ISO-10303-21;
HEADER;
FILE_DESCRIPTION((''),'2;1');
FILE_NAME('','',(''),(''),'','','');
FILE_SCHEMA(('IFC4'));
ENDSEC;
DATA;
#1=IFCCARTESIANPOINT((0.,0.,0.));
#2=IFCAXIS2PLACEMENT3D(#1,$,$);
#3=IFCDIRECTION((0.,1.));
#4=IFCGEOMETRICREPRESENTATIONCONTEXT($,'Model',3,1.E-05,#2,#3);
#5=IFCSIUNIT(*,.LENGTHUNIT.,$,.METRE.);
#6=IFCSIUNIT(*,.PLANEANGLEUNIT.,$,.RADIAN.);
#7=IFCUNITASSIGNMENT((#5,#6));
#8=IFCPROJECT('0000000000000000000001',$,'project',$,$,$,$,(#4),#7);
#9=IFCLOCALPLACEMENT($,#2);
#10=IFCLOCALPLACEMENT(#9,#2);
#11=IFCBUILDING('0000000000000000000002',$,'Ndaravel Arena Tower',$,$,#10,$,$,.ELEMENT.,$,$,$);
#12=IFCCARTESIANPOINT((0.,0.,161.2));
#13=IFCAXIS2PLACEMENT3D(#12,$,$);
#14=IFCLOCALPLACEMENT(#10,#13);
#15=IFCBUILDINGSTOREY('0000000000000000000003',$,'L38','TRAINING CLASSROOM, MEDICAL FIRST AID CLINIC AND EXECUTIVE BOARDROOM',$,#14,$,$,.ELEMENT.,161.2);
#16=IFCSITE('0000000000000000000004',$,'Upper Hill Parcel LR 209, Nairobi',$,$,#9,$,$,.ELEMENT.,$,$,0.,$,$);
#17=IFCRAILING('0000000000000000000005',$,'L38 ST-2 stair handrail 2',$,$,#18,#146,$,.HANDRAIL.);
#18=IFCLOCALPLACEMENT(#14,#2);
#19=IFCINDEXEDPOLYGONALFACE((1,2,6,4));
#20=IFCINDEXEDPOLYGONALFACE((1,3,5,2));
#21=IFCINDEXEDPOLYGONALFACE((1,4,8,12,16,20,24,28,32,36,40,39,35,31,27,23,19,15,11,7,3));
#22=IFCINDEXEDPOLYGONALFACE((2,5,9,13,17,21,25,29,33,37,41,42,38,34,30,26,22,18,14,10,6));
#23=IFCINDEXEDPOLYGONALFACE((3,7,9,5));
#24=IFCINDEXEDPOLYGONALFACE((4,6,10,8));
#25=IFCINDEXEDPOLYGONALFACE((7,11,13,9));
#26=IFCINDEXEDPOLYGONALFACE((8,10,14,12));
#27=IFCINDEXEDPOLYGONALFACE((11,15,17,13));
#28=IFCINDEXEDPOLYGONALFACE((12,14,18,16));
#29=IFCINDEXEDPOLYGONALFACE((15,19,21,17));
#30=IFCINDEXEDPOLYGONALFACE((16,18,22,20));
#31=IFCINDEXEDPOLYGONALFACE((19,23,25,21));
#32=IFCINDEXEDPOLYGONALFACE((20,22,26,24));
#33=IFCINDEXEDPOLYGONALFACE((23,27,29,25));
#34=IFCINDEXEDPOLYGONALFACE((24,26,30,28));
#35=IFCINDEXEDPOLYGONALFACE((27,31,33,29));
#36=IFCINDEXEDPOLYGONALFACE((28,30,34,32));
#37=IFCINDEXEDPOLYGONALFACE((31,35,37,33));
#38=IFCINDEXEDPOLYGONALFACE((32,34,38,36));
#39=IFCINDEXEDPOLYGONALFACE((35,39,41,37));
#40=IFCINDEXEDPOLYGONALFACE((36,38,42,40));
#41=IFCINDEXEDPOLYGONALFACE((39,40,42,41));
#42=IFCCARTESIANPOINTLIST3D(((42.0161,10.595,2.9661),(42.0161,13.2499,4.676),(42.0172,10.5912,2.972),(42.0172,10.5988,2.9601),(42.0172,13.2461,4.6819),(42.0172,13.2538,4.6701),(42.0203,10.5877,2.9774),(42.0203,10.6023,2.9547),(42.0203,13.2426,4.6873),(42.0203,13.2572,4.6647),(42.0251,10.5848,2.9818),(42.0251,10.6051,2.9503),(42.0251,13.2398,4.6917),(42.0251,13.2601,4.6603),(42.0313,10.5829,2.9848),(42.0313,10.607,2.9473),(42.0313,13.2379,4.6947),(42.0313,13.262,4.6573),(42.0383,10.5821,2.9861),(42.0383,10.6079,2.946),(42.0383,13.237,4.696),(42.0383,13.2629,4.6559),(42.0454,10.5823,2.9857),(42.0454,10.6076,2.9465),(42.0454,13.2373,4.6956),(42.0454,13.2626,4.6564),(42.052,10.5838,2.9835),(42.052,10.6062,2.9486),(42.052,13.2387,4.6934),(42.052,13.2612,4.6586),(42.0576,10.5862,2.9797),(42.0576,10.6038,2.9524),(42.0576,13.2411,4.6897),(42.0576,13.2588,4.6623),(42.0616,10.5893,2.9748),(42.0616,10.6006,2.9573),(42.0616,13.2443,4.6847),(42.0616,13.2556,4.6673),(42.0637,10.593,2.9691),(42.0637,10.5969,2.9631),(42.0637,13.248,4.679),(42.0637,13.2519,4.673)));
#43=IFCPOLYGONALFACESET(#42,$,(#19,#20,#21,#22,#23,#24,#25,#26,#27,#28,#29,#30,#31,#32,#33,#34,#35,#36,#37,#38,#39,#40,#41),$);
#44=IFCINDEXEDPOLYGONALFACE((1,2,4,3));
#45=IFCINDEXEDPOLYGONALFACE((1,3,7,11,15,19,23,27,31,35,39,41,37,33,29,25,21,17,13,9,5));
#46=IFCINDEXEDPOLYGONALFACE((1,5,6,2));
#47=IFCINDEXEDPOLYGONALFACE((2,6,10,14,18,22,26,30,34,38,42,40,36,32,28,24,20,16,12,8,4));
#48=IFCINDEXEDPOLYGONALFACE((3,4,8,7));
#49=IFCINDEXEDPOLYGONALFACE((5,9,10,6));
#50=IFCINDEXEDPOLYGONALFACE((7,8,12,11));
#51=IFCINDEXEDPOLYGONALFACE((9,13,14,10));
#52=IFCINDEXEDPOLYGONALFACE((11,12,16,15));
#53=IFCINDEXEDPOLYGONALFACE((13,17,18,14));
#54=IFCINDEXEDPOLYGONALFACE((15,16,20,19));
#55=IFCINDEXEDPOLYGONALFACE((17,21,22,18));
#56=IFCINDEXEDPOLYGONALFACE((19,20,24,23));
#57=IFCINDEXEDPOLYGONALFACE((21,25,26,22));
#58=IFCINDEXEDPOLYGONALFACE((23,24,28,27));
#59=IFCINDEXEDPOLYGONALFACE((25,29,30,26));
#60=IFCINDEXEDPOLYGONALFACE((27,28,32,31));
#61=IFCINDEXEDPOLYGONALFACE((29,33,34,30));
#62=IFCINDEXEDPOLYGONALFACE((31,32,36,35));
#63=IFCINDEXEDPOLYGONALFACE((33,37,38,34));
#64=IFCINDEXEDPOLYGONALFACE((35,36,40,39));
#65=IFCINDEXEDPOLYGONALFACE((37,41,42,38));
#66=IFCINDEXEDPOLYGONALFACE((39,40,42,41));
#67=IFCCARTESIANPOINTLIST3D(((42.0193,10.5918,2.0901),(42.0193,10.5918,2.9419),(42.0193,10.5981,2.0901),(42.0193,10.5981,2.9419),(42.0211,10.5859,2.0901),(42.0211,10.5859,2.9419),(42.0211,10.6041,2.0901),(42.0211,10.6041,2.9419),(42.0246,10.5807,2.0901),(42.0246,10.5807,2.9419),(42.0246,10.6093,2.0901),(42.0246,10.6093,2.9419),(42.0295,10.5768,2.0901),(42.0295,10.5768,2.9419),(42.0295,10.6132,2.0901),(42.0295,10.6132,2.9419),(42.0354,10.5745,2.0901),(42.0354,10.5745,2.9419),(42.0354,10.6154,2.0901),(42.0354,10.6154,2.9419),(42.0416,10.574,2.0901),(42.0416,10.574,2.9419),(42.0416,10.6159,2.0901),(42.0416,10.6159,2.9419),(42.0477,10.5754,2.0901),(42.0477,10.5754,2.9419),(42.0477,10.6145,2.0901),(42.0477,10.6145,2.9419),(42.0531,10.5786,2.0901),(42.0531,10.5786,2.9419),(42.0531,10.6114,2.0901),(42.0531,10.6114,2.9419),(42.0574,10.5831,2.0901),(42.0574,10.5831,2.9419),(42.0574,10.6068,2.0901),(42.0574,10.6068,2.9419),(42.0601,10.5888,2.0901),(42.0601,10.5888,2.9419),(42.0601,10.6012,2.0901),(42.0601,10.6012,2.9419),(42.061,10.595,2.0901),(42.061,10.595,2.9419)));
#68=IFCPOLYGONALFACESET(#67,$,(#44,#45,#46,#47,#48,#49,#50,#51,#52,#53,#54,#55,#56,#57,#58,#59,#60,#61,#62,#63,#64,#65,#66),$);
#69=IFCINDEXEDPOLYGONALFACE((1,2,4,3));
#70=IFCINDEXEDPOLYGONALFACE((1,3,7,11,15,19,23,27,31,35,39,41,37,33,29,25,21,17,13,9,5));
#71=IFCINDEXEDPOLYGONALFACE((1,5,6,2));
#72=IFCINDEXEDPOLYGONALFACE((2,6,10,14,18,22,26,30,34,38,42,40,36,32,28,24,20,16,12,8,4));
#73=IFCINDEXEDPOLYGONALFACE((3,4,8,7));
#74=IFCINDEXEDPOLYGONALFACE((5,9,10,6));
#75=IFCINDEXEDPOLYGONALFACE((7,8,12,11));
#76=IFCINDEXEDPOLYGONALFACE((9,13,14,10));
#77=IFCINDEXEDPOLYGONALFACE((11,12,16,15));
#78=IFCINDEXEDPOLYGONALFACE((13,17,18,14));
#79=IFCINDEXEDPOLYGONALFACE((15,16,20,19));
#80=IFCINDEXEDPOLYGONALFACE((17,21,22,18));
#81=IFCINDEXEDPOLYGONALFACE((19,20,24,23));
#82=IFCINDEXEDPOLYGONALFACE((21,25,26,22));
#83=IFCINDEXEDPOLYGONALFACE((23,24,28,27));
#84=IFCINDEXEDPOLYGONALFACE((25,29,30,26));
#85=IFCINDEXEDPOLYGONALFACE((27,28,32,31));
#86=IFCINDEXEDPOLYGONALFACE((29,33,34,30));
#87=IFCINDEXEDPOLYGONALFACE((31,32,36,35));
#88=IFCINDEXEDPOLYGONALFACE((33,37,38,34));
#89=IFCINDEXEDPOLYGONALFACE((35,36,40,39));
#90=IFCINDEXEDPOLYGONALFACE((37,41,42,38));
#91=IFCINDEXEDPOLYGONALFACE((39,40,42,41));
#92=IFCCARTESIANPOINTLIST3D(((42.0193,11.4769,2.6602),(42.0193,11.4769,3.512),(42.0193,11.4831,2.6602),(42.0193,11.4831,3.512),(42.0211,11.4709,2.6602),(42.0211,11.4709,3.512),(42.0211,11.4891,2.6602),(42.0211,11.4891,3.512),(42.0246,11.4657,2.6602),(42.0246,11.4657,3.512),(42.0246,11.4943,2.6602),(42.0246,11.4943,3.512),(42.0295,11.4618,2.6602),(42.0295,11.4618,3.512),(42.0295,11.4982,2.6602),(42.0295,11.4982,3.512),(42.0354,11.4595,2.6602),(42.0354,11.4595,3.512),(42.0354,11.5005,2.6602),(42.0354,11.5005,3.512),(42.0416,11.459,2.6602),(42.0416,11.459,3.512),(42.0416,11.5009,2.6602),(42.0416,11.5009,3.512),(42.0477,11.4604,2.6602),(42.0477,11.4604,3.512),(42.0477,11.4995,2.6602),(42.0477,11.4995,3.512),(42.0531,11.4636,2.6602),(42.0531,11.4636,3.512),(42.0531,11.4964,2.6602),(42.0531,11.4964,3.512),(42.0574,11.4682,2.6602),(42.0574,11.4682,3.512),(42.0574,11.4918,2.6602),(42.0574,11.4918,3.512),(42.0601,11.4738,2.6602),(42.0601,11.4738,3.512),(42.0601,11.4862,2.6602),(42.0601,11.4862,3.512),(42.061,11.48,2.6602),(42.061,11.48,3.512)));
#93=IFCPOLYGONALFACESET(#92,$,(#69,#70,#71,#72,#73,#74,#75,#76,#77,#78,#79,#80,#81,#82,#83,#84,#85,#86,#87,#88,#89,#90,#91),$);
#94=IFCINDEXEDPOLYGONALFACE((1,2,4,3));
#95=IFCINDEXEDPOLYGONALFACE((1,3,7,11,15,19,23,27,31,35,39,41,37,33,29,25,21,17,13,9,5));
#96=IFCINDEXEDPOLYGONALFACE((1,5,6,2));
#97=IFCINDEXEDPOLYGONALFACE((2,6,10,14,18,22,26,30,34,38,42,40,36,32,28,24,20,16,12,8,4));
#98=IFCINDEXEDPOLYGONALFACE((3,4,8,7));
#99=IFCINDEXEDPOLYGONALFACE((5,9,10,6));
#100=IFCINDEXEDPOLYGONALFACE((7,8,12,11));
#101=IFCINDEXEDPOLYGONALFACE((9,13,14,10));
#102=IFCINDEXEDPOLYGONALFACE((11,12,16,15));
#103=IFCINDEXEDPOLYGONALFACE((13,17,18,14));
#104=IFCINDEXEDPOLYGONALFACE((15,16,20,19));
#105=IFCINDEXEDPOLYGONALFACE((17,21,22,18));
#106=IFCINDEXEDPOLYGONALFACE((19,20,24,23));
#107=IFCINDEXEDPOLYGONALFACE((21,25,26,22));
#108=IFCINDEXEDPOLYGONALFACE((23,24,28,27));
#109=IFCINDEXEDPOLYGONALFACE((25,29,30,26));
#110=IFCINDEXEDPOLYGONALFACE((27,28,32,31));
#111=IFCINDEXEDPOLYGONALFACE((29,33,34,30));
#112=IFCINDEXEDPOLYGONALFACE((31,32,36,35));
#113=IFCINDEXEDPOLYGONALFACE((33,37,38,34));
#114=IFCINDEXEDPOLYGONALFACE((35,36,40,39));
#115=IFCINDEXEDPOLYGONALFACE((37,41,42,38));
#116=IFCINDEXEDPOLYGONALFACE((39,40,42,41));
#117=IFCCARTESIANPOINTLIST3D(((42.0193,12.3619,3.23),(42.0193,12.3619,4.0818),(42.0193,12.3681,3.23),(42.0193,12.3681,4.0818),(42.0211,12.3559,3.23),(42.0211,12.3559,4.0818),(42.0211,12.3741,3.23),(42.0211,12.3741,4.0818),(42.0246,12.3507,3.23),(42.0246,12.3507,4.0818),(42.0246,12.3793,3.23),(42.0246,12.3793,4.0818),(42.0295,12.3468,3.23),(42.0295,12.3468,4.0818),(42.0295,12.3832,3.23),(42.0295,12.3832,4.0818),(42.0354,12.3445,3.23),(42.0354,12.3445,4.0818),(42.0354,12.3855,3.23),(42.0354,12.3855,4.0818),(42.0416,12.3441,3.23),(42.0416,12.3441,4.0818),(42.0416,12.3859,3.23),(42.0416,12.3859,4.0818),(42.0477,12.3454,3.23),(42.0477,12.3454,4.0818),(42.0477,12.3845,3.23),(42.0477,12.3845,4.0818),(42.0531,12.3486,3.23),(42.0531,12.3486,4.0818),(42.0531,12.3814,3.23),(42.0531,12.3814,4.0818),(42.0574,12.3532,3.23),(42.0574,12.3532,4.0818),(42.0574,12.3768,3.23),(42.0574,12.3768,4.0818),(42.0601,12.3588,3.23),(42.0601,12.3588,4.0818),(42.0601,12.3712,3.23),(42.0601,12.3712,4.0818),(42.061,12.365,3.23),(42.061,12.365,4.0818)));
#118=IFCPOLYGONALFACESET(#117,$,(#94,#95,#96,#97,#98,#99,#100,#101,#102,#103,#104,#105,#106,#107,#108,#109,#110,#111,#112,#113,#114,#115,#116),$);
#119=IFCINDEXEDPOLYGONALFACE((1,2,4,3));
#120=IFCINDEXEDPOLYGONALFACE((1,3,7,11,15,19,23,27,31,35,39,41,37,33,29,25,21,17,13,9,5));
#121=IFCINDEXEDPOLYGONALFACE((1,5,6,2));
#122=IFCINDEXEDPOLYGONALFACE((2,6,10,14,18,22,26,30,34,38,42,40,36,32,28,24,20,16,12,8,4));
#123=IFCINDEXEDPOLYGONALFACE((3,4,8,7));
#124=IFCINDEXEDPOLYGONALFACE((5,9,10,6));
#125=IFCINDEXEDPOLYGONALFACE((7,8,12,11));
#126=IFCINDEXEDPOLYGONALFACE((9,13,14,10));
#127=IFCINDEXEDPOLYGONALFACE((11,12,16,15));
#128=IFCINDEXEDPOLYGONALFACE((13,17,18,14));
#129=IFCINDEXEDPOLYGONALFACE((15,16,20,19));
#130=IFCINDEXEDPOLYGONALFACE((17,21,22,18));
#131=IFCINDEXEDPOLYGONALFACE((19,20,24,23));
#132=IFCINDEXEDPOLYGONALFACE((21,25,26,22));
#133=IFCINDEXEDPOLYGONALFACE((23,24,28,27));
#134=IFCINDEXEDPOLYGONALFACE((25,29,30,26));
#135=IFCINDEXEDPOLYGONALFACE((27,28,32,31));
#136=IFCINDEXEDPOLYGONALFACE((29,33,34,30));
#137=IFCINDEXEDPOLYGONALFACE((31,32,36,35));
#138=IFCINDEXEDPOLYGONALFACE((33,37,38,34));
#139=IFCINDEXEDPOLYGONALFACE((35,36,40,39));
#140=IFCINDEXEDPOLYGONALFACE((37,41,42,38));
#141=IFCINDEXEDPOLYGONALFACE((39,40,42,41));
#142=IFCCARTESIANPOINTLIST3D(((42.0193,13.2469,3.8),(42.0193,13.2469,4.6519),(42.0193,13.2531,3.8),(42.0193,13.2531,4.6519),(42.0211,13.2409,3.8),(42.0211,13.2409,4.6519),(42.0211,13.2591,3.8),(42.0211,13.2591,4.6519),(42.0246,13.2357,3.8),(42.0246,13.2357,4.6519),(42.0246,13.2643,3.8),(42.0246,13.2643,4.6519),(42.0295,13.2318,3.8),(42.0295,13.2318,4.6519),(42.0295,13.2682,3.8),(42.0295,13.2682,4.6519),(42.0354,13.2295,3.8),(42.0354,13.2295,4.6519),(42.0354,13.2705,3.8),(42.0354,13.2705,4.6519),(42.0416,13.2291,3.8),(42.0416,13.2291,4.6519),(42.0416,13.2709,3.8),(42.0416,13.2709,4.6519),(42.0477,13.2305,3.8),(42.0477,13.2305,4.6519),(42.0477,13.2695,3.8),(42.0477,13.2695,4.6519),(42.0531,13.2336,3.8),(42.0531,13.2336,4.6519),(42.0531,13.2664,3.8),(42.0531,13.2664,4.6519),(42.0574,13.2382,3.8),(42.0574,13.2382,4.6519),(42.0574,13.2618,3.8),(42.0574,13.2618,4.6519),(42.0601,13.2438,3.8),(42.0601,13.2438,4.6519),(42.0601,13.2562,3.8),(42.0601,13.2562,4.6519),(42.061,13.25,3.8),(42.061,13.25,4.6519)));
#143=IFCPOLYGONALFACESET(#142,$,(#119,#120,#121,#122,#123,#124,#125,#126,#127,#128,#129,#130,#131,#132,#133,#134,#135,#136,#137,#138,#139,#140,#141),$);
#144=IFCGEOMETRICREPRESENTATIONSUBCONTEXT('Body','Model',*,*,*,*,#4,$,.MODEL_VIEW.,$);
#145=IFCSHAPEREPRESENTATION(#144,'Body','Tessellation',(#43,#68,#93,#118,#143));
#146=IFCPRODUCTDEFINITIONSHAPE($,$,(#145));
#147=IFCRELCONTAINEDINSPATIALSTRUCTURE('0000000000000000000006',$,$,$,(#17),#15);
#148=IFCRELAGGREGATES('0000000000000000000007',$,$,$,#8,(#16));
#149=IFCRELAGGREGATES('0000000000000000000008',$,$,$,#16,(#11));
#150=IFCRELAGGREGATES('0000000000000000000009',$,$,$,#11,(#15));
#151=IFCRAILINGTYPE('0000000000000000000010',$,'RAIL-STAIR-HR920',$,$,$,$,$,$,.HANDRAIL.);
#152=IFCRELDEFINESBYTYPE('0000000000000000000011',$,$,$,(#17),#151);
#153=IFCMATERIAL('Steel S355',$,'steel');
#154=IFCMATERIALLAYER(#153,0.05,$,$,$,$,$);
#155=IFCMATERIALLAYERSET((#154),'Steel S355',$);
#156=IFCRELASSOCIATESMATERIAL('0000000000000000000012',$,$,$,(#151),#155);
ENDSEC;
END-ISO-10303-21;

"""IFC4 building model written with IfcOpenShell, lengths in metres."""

from ifc_helpers import new_model, si_unit, direction, frame, origin, origin_2d, place, context, subcontext, project, spatial, circle, extrude, material, layer, layer_set, type_object, element, save


model = new_model("IFC4")

# Units and contexts
model_context = context("Model", 3, precision=1e-05, world=origin(), true_north=direction((0.0, 1.0)))
body_context = subcontext(model_context, "Body", "Model", "MODEL_VIEW")
ifc_project = project(units=[si_unit("LENGTHUNIT", "METRE"), si_unit("PLANEANGLEUNIT", "RADIAN")], contexts=[model_context])

# Site, building, storey
site_placement = place(None, origin())
site = spatial("IfcSite", under=ifc_project, at=site_placement, Name="Upper Hill Parcel LR 209, Nairobi", CompositionType="ELEMENT", RefElevation=0.0)
building_placement = place(site_placement, origin())
building = spatial("IfcBuilding", under=site, at=building_placement, Name="Ndaravel Arena Tower", CompositionType="ELEMENT")
storey_placement = place(building_placement, frame((0.0, 0.0, 161.2)))
storey = spatial("IfcBuildingStorey", under=building, at=storey_placement, Name="L38", Description="TRAINING CLASSROOM, MEDICAL FIRST AID CLINIC AND EXECUTIVE BOARDROOM", CompositionType="ELEMENT", Elevation=161.2)

# Railing
ifc_material_1 = material(Name="Steel S355", Category="steel")
ifc_layer_1 = layer(ifc_material_1, 0.05)
ifc_layer_set_1 = layer_set([ifc_layer_1], Name="Steel S355")
railing_type_1 = type_object("IfcRailingType", Name="RAIL-STAIR-HR920", PredefinedType="HANDRAIL", material=ifc_layer_set_1)
railing_1_placement = place(storey_placement, frame((42.04, 10.595, 2.0901)))
element("IfcRailing", 1, at=railing_1_placement, inside=storey, type_object=railing_type_1, Name="L38 ST-2 stair handrail 2", PredefinedType="HANDRAIL", context=body_context, shape_type="SweptSolid", body=[
    extrude(circle(Radius=0.0239, at=origin_2d()), frame((0.0, 0.0, 0.876), z_axis=(0.0, 0.840724, 0.541465), x_axis=(-1.0, 0.0, 0.0)), (0.0, 0.0, 1.0), 3.158),
    extrude(circle(Radius=0.021, at=origin_2d()), origin(), (0.0, 0.0, 1.0), 0.8518),
    extrude(circle(Radius=0.021, at=origin_2d()), frame((0.0, 0.885, 0.5701)), (0.0, 0.0, 1.0), 0.8518),
    extrude(circle(Radius=0.021, at=origin_2d()), frame((0.0, 1.77, 1.1399)), (0.0, 0.0, 1.0), 0.8518),
    extrude(circle(Radius=0.021, at=origin_2d()), frame((0.0, 2.655, 1.71)), (0.0, 0.0, 1.0), 0.8518),
])

save(model, "model.ifc")
